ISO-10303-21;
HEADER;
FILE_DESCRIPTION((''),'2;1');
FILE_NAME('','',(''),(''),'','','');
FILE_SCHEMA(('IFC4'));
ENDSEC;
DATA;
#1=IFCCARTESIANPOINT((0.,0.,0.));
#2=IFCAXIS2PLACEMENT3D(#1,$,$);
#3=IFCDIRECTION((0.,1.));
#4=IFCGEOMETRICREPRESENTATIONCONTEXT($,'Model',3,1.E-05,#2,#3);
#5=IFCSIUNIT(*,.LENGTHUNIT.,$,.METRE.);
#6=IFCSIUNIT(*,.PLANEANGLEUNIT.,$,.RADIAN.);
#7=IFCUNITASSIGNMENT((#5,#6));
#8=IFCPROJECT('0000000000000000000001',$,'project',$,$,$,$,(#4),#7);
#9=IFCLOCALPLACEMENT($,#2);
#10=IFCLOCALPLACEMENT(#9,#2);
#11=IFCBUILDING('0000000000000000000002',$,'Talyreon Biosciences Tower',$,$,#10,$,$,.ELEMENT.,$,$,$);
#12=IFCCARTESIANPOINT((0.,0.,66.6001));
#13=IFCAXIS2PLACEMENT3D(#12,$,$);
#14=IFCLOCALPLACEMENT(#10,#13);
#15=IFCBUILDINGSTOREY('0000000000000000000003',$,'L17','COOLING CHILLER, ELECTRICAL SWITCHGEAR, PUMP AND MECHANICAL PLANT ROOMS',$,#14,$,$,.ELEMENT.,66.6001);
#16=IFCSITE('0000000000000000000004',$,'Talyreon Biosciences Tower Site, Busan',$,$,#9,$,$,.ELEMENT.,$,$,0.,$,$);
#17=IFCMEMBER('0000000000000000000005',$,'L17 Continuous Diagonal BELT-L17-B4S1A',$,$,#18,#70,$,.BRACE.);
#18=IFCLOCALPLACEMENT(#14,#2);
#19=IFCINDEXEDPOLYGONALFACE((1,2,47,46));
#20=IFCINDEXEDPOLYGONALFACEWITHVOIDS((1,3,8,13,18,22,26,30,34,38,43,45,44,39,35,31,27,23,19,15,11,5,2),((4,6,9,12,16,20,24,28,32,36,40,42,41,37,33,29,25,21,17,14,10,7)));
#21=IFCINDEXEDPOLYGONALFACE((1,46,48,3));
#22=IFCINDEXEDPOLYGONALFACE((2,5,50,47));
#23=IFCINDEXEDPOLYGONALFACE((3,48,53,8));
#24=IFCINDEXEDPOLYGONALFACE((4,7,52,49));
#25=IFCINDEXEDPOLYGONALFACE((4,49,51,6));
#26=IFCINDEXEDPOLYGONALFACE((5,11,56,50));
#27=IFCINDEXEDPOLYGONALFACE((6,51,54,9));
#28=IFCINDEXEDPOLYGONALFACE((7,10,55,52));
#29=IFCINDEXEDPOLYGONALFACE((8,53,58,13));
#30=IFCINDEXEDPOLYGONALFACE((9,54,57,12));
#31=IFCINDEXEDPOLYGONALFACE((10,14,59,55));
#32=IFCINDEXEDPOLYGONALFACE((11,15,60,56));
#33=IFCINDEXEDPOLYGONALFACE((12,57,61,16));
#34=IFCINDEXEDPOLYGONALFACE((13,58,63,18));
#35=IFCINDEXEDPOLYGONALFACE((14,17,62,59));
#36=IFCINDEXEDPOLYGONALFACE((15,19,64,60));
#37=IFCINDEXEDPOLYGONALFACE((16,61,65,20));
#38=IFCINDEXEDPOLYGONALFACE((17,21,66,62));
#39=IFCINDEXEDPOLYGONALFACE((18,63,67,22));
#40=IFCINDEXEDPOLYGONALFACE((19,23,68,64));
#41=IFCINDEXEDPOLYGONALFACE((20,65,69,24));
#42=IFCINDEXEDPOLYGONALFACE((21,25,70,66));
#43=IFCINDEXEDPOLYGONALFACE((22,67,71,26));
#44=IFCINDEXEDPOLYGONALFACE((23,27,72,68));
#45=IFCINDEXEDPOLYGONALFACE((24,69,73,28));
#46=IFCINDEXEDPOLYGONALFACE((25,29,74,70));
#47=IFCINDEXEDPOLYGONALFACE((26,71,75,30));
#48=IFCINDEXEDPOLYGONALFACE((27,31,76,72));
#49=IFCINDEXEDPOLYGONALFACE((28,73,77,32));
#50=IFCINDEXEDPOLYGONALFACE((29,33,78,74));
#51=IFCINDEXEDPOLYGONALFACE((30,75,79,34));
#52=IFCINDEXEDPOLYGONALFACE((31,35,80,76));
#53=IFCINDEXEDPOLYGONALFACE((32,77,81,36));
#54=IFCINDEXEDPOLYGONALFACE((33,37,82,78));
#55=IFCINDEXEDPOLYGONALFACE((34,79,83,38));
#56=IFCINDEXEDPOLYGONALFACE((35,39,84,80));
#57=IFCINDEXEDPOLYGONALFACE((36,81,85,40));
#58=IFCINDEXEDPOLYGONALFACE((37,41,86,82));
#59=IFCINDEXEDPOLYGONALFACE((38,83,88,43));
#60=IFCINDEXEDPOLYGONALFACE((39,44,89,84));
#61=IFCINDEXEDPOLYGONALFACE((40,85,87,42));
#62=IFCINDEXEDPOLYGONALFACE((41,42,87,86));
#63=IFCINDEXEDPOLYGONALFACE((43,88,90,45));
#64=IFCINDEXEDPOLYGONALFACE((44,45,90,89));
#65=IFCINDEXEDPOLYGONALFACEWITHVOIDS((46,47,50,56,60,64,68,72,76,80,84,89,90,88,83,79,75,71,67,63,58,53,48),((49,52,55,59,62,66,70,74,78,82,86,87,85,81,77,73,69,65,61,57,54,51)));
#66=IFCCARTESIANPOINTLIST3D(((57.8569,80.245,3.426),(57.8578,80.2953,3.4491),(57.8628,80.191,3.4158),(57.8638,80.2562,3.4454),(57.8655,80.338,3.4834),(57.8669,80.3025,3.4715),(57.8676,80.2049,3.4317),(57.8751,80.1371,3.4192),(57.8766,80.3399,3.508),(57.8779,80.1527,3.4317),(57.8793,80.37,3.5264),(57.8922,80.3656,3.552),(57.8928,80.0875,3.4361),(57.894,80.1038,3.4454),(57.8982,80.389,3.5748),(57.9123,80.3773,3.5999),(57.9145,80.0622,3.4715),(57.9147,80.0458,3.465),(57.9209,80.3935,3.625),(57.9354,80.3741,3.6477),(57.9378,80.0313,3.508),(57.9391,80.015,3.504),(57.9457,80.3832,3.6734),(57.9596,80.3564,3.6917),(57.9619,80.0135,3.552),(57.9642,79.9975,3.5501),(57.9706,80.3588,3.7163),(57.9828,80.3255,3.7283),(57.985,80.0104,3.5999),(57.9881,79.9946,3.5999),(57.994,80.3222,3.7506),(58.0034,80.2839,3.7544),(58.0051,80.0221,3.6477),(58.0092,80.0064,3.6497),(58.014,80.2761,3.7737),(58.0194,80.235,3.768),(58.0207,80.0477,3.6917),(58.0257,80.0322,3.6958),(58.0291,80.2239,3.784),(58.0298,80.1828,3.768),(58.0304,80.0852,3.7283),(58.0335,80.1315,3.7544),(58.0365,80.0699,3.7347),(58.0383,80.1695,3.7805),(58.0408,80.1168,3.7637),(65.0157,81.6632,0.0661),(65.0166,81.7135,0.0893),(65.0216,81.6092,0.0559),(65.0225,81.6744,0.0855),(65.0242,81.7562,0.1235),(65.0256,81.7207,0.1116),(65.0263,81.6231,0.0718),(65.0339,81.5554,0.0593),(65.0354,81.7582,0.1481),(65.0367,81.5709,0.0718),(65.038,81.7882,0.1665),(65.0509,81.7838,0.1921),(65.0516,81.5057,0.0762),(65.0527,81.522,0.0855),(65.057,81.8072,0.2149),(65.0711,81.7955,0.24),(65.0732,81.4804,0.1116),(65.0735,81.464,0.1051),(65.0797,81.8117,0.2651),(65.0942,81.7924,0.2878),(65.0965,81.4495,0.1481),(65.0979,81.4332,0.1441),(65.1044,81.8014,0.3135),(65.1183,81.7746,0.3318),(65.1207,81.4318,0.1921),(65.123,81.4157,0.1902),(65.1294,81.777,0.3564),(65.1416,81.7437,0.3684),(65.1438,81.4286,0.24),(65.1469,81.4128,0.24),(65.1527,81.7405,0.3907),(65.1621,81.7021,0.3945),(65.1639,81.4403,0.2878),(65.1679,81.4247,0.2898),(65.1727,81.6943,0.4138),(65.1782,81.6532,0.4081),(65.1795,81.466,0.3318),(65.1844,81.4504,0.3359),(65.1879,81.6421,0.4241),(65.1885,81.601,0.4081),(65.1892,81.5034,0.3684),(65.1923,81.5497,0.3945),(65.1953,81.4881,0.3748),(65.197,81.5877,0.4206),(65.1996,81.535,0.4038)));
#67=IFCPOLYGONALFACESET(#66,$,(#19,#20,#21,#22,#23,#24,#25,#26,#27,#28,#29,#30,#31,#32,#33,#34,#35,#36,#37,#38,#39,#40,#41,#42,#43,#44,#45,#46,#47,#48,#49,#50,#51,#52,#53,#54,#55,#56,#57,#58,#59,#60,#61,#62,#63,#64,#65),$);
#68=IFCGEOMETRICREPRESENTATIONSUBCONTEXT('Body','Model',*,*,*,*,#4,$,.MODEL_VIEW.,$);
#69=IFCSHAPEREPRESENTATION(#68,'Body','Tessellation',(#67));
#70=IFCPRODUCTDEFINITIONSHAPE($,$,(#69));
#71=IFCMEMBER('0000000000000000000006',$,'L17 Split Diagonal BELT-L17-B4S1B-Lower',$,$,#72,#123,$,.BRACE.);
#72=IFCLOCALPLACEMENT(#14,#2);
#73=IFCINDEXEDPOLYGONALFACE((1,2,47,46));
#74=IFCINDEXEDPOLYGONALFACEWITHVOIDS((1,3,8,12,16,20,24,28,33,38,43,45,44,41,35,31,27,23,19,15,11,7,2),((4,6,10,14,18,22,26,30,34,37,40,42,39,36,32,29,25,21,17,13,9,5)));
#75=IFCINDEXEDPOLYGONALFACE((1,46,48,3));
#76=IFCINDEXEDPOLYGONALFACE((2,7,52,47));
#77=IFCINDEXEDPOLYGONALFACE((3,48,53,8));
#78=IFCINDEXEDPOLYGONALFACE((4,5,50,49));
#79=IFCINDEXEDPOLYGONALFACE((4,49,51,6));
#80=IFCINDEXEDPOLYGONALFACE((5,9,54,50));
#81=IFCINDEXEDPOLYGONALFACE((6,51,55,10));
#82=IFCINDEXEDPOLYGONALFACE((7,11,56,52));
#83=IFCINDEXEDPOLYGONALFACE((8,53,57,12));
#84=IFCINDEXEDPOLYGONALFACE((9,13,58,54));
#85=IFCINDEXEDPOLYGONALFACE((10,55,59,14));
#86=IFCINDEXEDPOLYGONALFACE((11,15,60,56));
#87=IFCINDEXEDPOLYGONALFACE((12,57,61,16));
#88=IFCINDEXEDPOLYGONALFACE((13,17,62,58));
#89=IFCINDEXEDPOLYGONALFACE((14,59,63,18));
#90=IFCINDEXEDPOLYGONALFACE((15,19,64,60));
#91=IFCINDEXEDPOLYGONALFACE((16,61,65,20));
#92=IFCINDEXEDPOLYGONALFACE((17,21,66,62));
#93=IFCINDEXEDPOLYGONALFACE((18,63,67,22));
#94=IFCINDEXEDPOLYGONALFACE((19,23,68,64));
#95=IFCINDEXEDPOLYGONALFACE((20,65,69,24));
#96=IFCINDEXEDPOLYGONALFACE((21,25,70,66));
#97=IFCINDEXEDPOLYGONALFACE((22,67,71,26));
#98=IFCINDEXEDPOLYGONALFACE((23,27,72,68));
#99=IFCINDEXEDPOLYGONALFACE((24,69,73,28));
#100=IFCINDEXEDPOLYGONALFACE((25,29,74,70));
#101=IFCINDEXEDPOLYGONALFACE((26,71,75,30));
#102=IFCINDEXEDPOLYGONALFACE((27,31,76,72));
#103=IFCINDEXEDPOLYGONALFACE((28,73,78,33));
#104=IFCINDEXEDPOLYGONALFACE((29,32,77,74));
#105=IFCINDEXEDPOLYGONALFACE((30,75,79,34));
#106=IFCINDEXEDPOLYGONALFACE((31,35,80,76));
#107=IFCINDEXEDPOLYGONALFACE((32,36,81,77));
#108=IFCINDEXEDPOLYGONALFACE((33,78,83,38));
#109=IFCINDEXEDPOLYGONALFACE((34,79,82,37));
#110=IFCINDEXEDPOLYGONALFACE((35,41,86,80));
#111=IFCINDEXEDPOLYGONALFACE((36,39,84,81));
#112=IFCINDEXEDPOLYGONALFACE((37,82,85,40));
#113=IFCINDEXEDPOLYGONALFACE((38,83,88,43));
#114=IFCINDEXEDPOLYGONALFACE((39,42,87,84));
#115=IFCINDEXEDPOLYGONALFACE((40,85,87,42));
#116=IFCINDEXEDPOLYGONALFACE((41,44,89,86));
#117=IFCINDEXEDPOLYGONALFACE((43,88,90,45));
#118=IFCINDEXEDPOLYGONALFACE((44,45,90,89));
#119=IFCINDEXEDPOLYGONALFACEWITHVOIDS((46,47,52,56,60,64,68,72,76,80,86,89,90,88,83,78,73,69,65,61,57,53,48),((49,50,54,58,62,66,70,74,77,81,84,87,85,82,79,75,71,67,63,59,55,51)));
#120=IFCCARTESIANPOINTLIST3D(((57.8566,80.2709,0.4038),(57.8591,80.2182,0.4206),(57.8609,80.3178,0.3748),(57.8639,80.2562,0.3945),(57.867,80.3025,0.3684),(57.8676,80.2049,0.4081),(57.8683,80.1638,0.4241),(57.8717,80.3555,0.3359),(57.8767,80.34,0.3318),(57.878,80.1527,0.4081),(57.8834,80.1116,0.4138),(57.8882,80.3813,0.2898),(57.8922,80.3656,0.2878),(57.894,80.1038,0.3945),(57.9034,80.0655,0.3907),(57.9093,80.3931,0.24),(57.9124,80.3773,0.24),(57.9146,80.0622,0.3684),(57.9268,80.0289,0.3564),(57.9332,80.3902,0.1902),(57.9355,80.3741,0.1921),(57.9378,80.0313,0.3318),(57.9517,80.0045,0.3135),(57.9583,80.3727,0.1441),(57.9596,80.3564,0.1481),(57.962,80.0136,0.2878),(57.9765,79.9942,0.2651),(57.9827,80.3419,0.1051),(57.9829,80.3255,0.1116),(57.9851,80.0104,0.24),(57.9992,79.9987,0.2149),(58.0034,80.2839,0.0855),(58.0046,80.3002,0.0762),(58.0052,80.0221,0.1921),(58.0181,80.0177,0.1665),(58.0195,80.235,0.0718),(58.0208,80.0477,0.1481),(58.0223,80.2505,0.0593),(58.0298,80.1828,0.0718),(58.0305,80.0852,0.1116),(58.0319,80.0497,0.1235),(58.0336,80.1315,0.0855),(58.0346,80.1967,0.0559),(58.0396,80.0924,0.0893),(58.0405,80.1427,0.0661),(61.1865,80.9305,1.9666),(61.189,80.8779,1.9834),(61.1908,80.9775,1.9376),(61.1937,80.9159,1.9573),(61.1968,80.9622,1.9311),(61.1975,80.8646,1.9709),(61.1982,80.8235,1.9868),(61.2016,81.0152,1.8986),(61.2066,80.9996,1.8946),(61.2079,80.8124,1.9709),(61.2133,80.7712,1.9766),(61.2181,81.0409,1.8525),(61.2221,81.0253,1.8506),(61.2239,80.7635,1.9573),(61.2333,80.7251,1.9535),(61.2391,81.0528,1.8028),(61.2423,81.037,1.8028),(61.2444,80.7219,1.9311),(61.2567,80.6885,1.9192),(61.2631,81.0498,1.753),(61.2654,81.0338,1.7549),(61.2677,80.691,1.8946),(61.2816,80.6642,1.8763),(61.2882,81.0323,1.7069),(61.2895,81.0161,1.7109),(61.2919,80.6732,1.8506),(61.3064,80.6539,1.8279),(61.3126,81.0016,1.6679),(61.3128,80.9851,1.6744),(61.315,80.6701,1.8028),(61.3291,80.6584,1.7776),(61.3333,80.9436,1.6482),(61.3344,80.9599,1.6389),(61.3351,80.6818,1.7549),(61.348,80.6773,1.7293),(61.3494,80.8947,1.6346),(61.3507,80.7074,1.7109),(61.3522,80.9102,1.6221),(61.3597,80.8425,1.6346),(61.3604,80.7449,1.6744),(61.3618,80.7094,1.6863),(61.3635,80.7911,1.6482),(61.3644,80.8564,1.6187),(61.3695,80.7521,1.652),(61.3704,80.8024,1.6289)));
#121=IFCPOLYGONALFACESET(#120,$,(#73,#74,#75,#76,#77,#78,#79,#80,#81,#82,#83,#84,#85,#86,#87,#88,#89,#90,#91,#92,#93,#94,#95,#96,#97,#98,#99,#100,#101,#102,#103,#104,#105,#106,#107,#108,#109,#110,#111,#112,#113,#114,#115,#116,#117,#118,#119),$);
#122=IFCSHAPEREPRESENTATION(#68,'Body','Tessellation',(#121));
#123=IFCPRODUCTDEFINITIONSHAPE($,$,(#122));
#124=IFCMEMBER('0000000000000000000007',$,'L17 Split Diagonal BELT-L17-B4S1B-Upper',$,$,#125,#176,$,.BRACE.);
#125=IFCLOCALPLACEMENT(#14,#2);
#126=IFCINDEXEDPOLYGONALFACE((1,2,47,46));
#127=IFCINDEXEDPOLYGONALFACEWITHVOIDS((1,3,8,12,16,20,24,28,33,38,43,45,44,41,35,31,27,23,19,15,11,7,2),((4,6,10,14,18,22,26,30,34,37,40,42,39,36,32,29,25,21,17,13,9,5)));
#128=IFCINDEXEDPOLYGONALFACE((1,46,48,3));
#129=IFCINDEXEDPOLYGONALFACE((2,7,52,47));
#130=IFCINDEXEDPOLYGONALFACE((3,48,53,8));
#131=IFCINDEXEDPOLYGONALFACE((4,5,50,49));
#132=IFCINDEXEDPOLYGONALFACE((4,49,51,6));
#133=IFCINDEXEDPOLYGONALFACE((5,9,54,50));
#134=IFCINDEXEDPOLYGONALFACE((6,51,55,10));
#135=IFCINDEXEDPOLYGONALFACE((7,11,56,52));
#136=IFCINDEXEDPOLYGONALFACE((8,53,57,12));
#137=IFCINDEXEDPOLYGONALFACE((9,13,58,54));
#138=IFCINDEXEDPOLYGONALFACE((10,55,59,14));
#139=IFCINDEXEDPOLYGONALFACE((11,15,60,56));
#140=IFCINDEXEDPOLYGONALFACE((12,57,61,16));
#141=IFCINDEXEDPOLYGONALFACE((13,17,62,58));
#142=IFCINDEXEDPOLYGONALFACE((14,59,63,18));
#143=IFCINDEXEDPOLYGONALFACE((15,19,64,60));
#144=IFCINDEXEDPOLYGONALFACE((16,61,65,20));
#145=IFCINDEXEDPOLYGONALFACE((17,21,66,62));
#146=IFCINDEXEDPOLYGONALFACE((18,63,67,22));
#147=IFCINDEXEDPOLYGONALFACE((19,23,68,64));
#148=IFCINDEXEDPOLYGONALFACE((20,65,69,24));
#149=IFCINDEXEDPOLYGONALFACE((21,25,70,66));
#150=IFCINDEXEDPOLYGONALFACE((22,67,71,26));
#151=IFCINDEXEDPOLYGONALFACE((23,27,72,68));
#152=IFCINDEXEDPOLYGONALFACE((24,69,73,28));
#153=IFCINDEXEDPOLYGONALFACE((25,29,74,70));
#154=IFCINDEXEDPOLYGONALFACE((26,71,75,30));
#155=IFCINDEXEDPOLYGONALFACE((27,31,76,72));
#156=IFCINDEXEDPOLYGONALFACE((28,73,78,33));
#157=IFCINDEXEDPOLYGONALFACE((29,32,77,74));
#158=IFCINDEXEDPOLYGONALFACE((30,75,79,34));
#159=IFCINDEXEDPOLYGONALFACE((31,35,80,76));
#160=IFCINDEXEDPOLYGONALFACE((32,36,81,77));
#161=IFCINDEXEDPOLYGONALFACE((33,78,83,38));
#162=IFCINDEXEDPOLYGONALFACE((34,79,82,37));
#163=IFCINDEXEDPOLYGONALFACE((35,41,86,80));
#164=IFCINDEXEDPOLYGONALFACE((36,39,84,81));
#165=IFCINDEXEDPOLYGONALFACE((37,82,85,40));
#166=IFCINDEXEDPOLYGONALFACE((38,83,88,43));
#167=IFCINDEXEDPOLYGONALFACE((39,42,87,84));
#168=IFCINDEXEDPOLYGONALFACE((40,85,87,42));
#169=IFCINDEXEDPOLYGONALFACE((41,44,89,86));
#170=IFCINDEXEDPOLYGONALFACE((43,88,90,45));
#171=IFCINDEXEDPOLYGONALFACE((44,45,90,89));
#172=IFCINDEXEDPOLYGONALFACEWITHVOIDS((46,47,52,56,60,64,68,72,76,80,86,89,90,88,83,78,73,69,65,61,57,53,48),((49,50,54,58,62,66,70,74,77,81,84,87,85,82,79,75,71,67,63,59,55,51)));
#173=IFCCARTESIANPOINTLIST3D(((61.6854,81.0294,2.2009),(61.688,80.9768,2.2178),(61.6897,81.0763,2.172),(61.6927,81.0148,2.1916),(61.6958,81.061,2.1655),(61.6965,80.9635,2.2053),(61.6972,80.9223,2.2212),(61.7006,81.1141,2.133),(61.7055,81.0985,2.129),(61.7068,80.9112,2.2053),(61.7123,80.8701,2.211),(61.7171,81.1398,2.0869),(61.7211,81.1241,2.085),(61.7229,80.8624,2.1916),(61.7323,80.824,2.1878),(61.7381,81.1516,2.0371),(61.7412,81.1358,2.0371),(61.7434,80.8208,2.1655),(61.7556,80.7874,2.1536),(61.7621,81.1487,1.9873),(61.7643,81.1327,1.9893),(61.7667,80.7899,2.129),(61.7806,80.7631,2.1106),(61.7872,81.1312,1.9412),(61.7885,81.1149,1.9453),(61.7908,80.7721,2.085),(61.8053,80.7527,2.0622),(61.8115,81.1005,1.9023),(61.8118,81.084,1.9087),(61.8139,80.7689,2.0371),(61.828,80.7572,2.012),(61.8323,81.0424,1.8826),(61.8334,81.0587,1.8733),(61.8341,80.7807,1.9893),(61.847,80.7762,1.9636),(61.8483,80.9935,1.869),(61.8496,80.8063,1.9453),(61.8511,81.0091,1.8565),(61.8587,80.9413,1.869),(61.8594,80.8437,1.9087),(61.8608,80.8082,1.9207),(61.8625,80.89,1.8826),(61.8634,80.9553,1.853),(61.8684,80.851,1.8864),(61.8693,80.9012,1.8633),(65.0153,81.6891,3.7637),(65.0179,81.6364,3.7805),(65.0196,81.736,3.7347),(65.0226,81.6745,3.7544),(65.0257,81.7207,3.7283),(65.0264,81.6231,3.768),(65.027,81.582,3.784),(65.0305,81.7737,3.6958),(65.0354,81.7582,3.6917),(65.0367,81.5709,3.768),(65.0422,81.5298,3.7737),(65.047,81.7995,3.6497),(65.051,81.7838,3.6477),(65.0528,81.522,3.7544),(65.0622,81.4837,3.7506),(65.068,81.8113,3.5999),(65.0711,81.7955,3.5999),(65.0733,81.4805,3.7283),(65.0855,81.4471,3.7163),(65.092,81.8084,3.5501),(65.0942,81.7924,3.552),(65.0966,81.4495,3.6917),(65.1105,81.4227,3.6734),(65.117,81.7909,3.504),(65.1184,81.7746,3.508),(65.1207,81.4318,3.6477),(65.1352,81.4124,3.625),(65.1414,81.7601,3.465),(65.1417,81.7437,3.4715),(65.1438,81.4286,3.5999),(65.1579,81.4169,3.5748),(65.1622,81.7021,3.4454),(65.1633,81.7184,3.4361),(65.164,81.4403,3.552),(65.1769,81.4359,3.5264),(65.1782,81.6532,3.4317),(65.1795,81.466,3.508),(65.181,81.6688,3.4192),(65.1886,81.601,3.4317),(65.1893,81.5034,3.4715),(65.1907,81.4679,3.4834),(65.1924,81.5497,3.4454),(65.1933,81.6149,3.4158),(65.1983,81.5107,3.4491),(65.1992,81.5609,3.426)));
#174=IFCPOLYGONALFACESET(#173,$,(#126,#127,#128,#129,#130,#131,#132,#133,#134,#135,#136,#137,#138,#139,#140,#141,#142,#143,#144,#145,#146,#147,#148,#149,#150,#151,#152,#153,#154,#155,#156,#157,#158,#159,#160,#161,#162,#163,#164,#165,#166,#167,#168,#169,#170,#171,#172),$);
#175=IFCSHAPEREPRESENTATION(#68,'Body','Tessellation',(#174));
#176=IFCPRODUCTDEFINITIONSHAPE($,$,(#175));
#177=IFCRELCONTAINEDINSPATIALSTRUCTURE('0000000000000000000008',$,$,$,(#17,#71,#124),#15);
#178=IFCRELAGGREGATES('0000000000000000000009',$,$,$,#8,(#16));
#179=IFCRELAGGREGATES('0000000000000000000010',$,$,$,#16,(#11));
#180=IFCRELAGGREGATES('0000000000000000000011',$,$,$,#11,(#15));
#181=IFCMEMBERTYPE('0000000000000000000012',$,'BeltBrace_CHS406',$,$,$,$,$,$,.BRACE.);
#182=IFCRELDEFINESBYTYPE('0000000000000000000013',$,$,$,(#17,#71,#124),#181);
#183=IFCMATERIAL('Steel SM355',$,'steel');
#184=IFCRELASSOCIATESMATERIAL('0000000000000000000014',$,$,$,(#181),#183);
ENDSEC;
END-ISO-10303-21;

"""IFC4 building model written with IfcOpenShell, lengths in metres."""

from ifc_helpers import new_model, si_unit, direction, frame, origin, origin_2d, place, context, subcontext, project, spatial, hollow_circle, extrude, material, material_profile, profile_set, type_object, element, save


model = new_model("IFC4")

# Units and contexts
model_context = context("Model", 3, precision=1e-05, world=origin(), true_north=direction((0.0, 1.0)))
body_context = subcontext(model_context, "Body", "Model", "MODEL_VIEW")
ifc_project = project(units=[si_unit("LENGTHUNIT", "METRE"), si_unit("PLANEANGLEUNIT", "RADIAN")], contexts=[model_context])

# Site, building, storey
site_placement = place(None, origin())
site = spatial("IfcSite", under=ifc_project, at=site_placement, Name="Talyreon Biosciences Tower Site, Busan", CompositionType="ELEMENT", RefElevation=0.0)
building_placement = place(site_placement, origin())
building = spatial("IfcBuilding", under=site, at=building_placement, Name="Talyreon Biosciences Tower", CompositionType="ELEMENT")
storey_placement = place(building_placement, frame((0.0, 0.0, 66.6001)))
storey = spatial("IfcBuildingStorey", under=building, at=storey_placement, Name="L17", Description="COOLING CHILLER, ELECTRICAL SWITCHGEAR, PUMP AND MECHANICAL PLANT ROOMS", CompositionType="ELEMENT", Elevation=66.6001)

# Members
ifc_material_1 = material(Name="Steel SM355", Category="steel")
ifc_material_profile_1 = material_profile(ifc_material_1, hollow_circle(Radius=0.2031, WallThickness=0.0161, at=origin_2d()), Name="CHS 406.4x16")
ifc_profile_set_1 = profile_set([ifc_material_profile_1], Name="Steel SM355")
member_type_1 = type_object("IfcMemberType", Name="BeltBrace_CHS406", PredefinedType="BRACE", material=ifc_profile_set_1)
member_1_placement = place(storey_placement, frame((65.1074, 81.6121, 0.24), z_axis=(-0.891038, -0.176524, 0.4182), x_axis=(0.194334, -0.980935, 0.0)))
element("IfcMember", 1, at=member_1_placement, inside=storey, type_object=member_type_1, Name="L17 Continuous Diagonal BELT-L17-B4S1A", PredefinedType="BRACE", context=body_context, shape_type="SweptSolid", body=[
    extrude(hollow_circle(Radius=0.2031, WallThickness=0.0161, at=origin_2d()), origin(), (0.0, 0.0, 1.0), 8.0342),
])
for number, where, z_axis, x_axis, name in (
    (2, (57.9487, 80.1938, 0.24), (0.891046, 0.176524, 0.418182), (-0.194332, 0.980936, 0.0), "L17 Split Diagonal BELT-L17-B4S1B-Lower"),
    (3, (61.7776, 80.9524, 2.0371), (0.891046, 0.176524, 0.418182), (-0.194332, 0.980936, 0.0), "L17 Split Diagonal BELT-L17-B4S1B-Upper"),
):
    element("IfcMember", number, at=place(storey_placement, frame(where, z_axis=z_axis, x_axis=x_axis)), inside=storey, type_object=member_type_1, Name=name, PredefinedType="BRACE", context=body_context, shape_type="SweptSolid", body=[
        extrude(hollow_circle(Radius=0.2031, WallThickness=0.0161, at=origin_2d()), origin(), (0.0, 0.0, 1.0), 3.7371),
    ])

save(model, "model.ifc")
